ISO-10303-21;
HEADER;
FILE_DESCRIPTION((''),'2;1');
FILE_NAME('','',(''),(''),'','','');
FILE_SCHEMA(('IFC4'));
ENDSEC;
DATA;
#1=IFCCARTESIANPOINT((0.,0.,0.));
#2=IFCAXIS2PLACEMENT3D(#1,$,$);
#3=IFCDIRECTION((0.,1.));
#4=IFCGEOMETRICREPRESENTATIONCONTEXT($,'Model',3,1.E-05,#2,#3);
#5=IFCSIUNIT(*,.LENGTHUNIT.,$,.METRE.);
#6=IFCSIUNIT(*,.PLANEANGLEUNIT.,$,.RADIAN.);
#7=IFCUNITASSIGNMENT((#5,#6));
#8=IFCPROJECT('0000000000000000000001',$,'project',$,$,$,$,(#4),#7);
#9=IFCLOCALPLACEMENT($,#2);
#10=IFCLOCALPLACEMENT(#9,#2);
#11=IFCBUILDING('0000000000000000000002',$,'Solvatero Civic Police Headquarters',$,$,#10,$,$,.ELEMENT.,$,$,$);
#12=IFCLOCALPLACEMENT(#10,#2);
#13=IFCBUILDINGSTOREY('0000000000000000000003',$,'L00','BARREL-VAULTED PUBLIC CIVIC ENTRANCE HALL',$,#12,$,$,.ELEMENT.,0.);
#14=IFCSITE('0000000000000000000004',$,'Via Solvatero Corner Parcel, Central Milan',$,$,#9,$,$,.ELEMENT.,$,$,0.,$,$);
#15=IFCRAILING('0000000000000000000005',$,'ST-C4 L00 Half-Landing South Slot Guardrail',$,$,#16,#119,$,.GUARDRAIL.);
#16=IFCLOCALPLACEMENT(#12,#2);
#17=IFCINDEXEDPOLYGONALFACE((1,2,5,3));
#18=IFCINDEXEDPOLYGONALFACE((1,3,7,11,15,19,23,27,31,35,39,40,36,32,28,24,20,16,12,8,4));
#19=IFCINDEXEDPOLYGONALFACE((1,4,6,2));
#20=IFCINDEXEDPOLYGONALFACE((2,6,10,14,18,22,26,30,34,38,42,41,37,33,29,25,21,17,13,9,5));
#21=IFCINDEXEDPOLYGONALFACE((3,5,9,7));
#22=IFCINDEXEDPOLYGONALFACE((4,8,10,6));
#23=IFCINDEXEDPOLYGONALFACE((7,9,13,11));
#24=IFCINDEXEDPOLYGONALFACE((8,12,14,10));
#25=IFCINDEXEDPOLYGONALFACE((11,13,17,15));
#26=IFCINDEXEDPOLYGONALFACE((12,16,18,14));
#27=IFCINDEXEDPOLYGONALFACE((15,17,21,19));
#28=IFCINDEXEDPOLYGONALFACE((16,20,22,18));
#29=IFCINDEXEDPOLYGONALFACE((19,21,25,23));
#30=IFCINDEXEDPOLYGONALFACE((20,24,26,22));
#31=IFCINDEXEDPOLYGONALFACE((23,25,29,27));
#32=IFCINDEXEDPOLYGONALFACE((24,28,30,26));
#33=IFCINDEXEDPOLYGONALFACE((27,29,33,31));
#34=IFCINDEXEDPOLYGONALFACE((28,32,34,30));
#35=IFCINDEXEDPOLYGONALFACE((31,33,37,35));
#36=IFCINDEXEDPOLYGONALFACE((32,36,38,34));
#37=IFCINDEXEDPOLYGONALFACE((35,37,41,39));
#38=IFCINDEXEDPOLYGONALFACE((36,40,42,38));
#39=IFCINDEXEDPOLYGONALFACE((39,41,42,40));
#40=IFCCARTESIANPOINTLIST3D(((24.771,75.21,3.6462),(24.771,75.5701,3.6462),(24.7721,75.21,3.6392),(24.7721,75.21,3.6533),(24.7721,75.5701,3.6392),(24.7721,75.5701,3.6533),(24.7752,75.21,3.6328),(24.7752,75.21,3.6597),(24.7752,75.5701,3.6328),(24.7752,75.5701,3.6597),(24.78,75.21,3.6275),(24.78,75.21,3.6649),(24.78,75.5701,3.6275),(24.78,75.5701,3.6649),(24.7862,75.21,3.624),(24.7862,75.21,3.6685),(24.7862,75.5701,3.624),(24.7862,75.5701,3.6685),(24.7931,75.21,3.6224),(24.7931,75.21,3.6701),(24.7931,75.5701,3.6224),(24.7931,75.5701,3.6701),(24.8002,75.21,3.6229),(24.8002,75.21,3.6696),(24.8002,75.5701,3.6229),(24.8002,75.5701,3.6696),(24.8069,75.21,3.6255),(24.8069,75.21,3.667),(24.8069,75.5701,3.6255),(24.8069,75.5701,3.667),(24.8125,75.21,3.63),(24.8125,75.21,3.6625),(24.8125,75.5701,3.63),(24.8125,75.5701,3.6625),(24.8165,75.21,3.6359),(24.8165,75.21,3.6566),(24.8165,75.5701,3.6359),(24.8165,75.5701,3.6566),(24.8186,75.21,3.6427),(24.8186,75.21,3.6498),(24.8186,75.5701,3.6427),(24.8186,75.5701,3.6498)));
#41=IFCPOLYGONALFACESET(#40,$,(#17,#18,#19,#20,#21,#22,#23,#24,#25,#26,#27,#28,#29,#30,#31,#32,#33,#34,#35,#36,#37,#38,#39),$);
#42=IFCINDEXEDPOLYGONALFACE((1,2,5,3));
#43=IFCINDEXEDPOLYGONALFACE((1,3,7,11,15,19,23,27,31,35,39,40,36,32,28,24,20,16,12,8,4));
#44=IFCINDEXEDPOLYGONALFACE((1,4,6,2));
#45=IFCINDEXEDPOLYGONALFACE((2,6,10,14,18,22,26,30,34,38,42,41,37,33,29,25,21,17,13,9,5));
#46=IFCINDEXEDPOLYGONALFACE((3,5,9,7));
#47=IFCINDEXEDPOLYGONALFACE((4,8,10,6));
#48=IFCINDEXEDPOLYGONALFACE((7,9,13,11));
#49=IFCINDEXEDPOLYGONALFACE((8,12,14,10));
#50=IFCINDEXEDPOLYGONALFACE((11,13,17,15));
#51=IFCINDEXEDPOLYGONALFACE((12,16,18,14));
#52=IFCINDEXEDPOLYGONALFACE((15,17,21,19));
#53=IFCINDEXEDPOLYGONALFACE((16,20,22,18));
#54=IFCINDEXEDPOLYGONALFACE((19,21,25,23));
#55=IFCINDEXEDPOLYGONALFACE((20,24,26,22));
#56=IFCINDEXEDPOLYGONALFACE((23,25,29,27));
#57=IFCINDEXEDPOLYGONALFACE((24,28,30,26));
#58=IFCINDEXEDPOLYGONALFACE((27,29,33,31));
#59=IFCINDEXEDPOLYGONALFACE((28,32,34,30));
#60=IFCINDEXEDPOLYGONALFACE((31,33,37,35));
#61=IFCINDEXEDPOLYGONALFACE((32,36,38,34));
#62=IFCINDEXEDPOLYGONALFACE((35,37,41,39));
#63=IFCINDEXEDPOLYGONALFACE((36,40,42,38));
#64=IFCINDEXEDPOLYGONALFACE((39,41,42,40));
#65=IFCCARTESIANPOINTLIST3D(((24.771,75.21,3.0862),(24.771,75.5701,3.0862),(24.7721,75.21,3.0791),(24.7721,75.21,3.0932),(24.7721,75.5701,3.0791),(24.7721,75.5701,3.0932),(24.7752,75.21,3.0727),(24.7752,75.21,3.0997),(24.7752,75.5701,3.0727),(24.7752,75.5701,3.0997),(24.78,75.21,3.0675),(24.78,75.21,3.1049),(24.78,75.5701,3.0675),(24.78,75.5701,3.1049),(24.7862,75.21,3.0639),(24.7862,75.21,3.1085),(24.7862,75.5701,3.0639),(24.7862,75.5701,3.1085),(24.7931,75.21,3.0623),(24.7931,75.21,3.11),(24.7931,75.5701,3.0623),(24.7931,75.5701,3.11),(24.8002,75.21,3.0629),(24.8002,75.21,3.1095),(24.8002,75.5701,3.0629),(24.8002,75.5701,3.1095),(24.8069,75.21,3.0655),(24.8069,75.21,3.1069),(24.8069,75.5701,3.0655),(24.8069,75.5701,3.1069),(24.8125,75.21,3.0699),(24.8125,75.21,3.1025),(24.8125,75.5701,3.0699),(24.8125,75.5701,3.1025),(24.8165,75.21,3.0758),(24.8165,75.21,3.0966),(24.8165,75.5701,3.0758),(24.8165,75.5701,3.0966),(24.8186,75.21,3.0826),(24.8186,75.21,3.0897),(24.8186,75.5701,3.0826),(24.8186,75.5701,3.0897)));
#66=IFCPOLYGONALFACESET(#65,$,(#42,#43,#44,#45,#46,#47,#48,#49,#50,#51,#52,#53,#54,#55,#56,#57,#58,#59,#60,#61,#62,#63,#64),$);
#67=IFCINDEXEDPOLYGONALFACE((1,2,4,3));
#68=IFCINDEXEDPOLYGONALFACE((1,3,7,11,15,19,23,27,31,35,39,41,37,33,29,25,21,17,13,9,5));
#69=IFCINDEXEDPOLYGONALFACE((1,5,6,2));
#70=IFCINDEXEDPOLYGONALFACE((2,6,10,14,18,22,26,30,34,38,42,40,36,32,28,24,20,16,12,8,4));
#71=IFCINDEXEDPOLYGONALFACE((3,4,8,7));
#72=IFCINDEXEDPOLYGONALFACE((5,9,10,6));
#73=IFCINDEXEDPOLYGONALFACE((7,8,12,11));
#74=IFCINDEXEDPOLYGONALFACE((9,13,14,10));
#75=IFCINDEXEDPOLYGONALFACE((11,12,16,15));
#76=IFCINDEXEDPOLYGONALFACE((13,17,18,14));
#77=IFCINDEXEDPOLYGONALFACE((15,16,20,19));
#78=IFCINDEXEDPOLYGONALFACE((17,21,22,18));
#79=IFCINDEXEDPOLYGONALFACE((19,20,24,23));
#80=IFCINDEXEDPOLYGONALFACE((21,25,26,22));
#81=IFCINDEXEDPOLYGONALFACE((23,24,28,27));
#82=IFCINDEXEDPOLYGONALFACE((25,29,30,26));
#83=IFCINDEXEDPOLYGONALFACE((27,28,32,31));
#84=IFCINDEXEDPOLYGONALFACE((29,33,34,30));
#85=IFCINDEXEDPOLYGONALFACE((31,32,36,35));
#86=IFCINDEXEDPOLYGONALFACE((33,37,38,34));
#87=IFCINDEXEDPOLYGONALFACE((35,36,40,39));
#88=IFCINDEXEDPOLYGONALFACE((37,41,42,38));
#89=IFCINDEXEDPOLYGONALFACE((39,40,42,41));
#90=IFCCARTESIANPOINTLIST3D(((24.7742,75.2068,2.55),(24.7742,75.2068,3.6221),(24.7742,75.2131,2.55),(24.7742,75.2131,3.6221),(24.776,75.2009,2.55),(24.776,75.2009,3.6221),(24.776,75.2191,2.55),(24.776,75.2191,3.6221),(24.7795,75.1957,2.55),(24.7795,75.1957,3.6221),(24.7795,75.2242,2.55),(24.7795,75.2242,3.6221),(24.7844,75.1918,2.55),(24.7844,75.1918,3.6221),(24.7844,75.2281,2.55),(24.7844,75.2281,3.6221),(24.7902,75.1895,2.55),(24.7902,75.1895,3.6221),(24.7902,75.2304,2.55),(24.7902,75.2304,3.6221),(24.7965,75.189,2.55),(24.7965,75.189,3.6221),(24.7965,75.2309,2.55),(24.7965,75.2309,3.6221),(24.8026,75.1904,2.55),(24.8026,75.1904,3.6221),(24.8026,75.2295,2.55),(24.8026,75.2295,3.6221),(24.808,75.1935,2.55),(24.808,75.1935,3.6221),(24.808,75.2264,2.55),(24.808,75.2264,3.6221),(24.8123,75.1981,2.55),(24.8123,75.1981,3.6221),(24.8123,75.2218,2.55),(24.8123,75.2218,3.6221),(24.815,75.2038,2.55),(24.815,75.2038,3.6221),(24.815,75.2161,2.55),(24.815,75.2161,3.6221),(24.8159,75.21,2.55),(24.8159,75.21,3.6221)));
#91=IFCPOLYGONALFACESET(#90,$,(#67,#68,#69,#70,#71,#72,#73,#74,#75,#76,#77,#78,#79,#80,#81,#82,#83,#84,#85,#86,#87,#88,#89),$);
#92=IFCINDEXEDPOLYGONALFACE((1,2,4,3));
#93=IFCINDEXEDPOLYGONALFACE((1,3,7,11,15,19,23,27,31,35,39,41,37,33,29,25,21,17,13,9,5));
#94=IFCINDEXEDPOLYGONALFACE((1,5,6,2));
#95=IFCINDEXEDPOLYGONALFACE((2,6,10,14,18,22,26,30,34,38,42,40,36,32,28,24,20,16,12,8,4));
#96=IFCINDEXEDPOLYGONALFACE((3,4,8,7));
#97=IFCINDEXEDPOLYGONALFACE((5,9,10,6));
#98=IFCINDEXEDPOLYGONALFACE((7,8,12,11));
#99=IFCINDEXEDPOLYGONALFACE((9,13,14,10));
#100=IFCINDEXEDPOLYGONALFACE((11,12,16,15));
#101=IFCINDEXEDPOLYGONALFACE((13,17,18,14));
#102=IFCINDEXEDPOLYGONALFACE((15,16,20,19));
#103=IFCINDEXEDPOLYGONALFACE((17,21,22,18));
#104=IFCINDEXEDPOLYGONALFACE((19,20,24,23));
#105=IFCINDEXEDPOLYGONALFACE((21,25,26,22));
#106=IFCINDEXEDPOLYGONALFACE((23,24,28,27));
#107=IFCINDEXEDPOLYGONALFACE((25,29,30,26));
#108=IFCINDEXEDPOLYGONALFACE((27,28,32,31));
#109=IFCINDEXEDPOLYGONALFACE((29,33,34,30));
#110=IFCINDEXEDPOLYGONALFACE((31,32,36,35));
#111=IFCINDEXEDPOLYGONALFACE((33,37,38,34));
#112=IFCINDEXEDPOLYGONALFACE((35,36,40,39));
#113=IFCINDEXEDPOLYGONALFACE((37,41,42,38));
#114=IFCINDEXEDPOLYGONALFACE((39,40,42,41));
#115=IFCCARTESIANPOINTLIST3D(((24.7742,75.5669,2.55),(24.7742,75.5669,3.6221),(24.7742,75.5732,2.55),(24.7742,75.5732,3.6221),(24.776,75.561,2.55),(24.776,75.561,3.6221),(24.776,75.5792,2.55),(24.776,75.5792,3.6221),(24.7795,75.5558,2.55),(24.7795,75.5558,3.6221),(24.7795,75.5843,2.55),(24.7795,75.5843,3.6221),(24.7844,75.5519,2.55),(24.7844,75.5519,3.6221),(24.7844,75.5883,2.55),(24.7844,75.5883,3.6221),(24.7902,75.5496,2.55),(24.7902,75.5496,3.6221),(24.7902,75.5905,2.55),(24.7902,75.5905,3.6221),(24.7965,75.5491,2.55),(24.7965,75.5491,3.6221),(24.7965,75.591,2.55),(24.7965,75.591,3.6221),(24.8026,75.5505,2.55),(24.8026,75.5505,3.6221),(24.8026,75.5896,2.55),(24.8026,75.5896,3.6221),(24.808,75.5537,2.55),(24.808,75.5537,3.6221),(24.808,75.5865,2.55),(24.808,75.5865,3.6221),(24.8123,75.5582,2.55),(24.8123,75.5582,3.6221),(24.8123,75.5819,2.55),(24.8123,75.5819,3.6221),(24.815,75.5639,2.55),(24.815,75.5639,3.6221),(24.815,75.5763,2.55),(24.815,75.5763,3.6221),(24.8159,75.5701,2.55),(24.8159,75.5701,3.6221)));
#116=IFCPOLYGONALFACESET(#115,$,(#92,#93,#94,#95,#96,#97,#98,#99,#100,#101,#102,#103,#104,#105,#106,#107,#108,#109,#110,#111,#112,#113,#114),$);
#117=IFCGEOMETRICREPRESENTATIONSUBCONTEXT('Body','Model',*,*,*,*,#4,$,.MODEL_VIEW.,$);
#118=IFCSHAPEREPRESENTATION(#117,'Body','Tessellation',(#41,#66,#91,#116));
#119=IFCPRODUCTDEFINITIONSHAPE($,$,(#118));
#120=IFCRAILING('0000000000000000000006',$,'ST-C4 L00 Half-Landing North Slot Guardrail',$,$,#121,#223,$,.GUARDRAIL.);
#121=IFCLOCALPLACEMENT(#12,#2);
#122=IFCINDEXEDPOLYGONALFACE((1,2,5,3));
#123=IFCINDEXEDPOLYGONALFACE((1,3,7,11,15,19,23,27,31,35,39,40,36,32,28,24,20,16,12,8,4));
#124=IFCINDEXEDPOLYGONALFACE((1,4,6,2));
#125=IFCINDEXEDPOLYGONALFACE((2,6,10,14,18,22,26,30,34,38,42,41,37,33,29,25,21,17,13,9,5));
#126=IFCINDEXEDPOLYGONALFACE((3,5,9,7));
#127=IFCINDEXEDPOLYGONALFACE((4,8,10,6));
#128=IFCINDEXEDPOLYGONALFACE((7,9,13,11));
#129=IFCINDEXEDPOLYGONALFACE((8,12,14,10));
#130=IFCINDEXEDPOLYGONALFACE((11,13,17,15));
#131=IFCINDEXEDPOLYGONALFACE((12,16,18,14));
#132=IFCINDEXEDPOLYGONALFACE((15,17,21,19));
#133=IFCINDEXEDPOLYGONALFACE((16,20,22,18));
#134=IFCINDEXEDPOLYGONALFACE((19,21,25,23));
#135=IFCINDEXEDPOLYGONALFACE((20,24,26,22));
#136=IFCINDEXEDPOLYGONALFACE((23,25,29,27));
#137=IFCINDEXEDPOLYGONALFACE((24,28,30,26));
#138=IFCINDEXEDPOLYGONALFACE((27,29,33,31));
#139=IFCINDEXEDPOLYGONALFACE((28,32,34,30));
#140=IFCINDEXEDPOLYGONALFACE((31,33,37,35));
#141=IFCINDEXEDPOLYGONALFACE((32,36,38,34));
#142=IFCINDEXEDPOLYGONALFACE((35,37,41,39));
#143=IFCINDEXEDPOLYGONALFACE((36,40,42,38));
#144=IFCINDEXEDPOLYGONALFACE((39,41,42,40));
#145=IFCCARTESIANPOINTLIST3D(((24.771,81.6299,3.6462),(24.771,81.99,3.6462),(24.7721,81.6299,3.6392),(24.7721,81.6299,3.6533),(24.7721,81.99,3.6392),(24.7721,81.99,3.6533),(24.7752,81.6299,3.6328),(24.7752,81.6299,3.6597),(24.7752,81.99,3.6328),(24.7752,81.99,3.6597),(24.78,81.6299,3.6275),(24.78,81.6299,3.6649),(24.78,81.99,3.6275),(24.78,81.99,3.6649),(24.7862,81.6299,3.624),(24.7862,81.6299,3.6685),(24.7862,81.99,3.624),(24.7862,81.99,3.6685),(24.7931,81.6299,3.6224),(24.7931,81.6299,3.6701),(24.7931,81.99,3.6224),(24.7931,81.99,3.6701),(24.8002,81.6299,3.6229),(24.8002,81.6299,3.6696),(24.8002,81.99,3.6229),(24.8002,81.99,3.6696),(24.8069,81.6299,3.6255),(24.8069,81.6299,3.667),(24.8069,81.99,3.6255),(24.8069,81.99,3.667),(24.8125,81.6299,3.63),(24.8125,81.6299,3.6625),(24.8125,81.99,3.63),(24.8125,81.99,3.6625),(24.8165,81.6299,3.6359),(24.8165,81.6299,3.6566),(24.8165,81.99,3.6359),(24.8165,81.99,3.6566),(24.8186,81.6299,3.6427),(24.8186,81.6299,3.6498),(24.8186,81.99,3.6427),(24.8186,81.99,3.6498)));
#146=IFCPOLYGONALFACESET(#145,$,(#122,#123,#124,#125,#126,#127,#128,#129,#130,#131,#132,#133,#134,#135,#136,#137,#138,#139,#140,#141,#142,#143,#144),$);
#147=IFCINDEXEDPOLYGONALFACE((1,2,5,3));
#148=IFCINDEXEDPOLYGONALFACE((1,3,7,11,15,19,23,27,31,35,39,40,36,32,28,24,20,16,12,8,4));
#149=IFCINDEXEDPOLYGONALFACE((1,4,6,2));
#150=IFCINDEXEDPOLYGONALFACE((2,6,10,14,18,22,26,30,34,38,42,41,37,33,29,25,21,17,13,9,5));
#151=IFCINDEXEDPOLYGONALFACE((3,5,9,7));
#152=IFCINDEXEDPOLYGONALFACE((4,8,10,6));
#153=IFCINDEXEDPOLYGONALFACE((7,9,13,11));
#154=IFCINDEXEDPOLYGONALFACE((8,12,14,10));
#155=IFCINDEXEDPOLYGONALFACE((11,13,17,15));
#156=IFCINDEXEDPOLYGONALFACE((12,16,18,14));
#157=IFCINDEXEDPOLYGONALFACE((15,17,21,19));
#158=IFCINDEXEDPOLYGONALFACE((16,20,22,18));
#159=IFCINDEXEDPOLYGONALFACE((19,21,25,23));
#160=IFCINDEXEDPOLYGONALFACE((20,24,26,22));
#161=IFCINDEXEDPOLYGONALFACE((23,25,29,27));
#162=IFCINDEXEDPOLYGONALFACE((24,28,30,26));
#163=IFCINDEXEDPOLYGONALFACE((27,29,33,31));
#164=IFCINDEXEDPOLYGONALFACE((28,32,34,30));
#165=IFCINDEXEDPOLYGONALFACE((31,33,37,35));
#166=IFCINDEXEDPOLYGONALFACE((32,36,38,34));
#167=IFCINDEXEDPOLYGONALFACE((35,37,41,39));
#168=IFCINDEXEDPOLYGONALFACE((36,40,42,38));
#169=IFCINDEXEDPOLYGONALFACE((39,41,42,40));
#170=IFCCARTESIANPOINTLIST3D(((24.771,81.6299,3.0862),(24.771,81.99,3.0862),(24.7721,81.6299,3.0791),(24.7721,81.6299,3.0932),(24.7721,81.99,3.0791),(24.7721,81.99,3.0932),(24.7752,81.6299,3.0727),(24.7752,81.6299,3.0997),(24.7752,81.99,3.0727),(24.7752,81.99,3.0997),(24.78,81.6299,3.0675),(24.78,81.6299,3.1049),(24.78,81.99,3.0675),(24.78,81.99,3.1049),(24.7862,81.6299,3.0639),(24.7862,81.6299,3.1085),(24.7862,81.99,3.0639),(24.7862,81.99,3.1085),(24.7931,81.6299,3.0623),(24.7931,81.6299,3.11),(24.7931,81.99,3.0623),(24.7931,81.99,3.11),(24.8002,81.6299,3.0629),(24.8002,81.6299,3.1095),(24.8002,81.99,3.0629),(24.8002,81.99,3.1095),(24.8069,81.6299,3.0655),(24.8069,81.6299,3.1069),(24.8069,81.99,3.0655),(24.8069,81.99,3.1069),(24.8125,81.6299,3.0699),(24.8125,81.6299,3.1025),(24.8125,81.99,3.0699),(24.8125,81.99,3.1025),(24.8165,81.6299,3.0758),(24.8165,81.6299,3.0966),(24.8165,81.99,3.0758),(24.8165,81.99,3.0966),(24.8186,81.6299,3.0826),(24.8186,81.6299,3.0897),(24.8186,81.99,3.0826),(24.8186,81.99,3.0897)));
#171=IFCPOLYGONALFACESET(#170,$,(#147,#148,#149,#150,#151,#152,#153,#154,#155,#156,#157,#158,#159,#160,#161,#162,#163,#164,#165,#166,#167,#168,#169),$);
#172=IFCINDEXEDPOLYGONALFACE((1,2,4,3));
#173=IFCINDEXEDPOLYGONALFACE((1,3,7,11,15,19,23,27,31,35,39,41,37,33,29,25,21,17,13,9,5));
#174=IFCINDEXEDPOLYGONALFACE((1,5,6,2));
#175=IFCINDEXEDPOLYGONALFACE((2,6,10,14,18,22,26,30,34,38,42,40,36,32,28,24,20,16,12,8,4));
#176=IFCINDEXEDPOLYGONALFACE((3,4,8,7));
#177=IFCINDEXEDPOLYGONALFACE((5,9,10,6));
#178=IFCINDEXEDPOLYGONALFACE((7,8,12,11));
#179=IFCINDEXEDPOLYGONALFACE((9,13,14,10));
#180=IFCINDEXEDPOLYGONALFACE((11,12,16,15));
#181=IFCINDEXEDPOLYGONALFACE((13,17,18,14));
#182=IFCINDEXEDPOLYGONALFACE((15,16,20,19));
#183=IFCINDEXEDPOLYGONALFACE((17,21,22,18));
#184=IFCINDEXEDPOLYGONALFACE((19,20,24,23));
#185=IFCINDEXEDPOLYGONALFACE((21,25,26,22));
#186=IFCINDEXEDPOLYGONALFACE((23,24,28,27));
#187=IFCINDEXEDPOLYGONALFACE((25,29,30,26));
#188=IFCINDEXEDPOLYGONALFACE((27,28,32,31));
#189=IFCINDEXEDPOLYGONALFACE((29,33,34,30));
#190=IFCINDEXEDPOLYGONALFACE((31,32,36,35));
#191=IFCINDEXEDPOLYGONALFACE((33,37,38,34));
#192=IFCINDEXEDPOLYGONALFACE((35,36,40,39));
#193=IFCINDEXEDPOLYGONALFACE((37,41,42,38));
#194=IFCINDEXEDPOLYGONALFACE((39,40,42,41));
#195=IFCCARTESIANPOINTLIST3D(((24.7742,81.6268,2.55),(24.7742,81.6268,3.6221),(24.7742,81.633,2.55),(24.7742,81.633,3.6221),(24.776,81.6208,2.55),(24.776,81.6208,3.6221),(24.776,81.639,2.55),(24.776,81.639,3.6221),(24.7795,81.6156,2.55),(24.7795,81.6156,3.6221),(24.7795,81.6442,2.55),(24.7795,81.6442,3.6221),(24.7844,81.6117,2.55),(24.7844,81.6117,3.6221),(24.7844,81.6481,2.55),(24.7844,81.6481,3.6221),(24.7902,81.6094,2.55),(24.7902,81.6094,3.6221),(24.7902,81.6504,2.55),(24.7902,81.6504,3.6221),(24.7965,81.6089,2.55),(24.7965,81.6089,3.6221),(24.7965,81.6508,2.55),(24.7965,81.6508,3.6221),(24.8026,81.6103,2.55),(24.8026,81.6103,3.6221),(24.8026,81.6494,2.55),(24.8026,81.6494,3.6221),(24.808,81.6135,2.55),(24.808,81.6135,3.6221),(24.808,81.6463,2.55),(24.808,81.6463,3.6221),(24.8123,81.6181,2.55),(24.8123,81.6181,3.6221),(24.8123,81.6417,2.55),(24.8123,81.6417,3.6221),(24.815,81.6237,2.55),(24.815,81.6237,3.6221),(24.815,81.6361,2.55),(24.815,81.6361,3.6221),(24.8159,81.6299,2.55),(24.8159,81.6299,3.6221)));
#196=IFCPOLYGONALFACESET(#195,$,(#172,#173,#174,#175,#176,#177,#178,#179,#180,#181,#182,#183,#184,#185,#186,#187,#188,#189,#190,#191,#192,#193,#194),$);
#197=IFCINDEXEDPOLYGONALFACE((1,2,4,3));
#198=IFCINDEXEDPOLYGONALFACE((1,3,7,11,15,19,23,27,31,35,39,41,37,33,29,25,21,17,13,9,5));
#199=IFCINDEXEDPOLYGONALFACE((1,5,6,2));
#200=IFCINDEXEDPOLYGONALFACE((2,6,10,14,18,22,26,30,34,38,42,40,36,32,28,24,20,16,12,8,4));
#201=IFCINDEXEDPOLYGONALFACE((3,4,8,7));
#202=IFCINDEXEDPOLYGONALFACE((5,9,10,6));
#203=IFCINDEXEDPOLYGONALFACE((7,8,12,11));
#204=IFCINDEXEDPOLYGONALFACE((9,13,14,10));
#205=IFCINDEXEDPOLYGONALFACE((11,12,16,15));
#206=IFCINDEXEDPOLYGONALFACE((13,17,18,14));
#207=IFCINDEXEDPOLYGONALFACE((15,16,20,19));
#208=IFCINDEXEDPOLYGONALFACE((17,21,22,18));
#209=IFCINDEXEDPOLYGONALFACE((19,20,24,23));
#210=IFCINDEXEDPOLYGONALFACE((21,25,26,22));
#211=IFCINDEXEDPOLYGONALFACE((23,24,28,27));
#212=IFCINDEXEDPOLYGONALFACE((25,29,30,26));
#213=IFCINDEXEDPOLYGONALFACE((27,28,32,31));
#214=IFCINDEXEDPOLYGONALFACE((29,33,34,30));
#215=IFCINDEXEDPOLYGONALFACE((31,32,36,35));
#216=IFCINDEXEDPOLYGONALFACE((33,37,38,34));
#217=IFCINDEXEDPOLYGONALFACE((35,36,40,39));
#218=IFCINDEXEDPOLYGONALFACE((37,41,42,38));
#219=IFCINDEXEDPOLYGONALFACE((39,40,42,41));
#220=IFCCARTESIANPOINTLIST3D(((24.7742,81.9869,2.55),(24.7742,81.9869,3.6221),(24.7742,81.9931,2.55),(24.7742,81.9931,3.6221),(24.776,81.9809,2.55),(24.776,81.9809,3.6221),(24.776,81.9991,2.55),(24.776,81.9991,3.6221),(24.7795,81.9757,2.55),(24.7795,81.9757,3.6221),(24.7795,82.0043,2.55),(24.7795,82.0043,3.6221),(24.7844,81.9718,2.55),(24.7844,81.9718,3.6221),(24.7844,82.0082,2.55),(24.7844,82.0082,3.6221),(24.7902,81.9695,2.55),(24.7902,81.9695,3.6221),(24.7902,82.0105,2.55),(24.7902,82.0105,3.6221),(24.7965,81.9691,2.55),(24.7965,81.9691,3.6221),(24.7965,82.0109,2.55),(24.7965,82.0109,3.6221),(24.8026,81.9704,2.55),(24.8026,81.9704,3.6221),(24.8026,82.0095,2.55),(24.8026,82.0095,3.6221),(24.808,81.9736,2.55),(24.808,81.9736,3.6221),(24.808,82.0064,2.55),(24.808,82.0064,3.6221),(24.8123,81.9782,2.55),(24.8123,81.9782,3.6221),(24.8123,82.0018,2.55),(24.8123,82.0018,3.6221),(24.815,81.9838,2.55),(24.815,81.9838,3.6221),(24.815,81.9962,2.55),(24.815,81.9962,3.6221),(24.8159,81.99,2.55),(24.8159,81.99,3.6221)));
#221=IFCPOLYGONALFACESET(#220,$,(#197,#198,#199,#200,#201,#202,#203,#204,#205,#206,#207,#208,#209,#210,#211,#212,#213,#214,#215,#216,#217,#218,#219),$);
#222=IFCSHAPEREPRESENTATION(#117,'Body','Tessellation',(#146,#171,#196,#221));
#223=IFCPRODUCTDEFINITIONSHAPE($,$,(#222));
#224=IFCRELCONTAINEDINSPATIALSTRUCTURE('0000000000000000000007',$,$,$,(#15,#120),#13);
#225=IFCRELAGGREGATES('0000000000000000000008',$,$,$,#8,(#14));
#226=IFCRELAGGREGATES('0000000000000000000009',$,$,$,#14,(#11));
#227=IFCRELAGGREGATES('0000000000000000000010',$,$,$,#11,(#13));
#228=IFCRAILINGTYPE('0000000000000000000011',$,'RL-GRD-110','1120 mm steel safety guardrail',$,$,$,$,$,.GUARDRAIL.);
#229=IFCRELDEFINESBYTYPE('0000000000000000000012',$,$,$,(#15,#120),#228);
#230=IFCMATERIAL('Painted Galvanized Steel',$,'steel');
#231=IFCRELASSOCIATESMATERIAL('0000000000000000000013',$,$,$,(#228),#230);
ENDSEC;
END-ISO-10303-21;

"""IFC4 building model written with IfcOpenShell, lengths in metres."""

from ifc_helpers import new_model, si_unit, direction, frame, origin, origin_2d, place, context, subcontext, project, spatial, circle, extrude, material, type_object, element, save


model = new_model("IFC4")

# Units and contexts
model_context = context("Model", 3, precision=1e-05, world=origin(), true_north=direction((0.0, 1.0)))
body_context = subcontext(model_context, "Body", "Model", "MODEL_VIEW")
ifc_project = project(units=[si_unit("LENGTHUNIT", "METRE"), si_unit("PLANEANGLEUNIT", "RADIAN")], contexts=[model_context])

# Site, building, storey
site_placement = place(None, origin())
site = spatial("IfcSite", under=ifc_project, at=site_placement, Name="Via Solvatero Corner Parcel, Central Milan", CompositionType="ELEMENT", RefElevation=0.0)
building_placement = place(site_placement, origin())
building = spatial("IfcBuilding", under=site, at=building_placement, Name="Solvatero Civic Police Headquarters", CompositionType="ELEMENT")
storey_placement = place(building_placement, origin())
storey = spatial("IfcBuildingStorey", under=building, at=storey_placement, Name="L00", Description="BARREL-VAULTED PUBLIC CIVIC ENTRANCE HALL", CompositionType="ELEMENT", Elevation=0.0)

# Railings
ifc_material_1 = material(Name="Painted Galvanized Steel", Category="steel")
railing_type_1 = type_object("IfcRailingType", Name="RL-GRD-110", Description="1120 mm steel safety guardrail", PredefinedType="GUARDRAIL", material=ifc_material_1)
for number, where, name in (
    (1, (24.7949, 75.21, 2.55), "ST-C4 L00 Half-Landing South Slot Guardrail"),
    (2, (24.7949, 81.6299, 2.55), "ST-C4 L00 Half-Landing North Slot Guardrail"),
):
    element("IfcRailing", number, at=place(storey_placement, frame(where)), inside=storey, type_object=railing_type_1, Name=name, PredefinedType="GUARDRAIL", context=body_context, shape_type="SweptSolid", body=[
        extrude(circle(Radius=0.0239, at=origin_2d()), frame((0.0, 0.0, 1.0962), z_axis=(0.0, 1.0, 0.0), x_axis=(-1.0, 0.0, 0.0)), (0.0, 0.0, 1.0), 0.3601),
        extrude(circle(Radius=0.0239, at=origin_2d()), frame((0.0, 0.0, 0.5361), z_axis=(0.0, 1.0, 0.0), x_axis=(-1.0, 0.0, 0.0)), (0.0, 0.0, 1.0), 0.3601),
        extrude(circle(Radius=0.021, at=origin_2d()), origin(), (0.0, 0.0, 1.0), 1.072),
        extrude(circle(Radius=0.021, at=origin_2d()), frame((0.0, 0.3601, 0.0)), (0.0, 0.0, 1.0), 1.072),
    ])

save(model, "model.ifc")
